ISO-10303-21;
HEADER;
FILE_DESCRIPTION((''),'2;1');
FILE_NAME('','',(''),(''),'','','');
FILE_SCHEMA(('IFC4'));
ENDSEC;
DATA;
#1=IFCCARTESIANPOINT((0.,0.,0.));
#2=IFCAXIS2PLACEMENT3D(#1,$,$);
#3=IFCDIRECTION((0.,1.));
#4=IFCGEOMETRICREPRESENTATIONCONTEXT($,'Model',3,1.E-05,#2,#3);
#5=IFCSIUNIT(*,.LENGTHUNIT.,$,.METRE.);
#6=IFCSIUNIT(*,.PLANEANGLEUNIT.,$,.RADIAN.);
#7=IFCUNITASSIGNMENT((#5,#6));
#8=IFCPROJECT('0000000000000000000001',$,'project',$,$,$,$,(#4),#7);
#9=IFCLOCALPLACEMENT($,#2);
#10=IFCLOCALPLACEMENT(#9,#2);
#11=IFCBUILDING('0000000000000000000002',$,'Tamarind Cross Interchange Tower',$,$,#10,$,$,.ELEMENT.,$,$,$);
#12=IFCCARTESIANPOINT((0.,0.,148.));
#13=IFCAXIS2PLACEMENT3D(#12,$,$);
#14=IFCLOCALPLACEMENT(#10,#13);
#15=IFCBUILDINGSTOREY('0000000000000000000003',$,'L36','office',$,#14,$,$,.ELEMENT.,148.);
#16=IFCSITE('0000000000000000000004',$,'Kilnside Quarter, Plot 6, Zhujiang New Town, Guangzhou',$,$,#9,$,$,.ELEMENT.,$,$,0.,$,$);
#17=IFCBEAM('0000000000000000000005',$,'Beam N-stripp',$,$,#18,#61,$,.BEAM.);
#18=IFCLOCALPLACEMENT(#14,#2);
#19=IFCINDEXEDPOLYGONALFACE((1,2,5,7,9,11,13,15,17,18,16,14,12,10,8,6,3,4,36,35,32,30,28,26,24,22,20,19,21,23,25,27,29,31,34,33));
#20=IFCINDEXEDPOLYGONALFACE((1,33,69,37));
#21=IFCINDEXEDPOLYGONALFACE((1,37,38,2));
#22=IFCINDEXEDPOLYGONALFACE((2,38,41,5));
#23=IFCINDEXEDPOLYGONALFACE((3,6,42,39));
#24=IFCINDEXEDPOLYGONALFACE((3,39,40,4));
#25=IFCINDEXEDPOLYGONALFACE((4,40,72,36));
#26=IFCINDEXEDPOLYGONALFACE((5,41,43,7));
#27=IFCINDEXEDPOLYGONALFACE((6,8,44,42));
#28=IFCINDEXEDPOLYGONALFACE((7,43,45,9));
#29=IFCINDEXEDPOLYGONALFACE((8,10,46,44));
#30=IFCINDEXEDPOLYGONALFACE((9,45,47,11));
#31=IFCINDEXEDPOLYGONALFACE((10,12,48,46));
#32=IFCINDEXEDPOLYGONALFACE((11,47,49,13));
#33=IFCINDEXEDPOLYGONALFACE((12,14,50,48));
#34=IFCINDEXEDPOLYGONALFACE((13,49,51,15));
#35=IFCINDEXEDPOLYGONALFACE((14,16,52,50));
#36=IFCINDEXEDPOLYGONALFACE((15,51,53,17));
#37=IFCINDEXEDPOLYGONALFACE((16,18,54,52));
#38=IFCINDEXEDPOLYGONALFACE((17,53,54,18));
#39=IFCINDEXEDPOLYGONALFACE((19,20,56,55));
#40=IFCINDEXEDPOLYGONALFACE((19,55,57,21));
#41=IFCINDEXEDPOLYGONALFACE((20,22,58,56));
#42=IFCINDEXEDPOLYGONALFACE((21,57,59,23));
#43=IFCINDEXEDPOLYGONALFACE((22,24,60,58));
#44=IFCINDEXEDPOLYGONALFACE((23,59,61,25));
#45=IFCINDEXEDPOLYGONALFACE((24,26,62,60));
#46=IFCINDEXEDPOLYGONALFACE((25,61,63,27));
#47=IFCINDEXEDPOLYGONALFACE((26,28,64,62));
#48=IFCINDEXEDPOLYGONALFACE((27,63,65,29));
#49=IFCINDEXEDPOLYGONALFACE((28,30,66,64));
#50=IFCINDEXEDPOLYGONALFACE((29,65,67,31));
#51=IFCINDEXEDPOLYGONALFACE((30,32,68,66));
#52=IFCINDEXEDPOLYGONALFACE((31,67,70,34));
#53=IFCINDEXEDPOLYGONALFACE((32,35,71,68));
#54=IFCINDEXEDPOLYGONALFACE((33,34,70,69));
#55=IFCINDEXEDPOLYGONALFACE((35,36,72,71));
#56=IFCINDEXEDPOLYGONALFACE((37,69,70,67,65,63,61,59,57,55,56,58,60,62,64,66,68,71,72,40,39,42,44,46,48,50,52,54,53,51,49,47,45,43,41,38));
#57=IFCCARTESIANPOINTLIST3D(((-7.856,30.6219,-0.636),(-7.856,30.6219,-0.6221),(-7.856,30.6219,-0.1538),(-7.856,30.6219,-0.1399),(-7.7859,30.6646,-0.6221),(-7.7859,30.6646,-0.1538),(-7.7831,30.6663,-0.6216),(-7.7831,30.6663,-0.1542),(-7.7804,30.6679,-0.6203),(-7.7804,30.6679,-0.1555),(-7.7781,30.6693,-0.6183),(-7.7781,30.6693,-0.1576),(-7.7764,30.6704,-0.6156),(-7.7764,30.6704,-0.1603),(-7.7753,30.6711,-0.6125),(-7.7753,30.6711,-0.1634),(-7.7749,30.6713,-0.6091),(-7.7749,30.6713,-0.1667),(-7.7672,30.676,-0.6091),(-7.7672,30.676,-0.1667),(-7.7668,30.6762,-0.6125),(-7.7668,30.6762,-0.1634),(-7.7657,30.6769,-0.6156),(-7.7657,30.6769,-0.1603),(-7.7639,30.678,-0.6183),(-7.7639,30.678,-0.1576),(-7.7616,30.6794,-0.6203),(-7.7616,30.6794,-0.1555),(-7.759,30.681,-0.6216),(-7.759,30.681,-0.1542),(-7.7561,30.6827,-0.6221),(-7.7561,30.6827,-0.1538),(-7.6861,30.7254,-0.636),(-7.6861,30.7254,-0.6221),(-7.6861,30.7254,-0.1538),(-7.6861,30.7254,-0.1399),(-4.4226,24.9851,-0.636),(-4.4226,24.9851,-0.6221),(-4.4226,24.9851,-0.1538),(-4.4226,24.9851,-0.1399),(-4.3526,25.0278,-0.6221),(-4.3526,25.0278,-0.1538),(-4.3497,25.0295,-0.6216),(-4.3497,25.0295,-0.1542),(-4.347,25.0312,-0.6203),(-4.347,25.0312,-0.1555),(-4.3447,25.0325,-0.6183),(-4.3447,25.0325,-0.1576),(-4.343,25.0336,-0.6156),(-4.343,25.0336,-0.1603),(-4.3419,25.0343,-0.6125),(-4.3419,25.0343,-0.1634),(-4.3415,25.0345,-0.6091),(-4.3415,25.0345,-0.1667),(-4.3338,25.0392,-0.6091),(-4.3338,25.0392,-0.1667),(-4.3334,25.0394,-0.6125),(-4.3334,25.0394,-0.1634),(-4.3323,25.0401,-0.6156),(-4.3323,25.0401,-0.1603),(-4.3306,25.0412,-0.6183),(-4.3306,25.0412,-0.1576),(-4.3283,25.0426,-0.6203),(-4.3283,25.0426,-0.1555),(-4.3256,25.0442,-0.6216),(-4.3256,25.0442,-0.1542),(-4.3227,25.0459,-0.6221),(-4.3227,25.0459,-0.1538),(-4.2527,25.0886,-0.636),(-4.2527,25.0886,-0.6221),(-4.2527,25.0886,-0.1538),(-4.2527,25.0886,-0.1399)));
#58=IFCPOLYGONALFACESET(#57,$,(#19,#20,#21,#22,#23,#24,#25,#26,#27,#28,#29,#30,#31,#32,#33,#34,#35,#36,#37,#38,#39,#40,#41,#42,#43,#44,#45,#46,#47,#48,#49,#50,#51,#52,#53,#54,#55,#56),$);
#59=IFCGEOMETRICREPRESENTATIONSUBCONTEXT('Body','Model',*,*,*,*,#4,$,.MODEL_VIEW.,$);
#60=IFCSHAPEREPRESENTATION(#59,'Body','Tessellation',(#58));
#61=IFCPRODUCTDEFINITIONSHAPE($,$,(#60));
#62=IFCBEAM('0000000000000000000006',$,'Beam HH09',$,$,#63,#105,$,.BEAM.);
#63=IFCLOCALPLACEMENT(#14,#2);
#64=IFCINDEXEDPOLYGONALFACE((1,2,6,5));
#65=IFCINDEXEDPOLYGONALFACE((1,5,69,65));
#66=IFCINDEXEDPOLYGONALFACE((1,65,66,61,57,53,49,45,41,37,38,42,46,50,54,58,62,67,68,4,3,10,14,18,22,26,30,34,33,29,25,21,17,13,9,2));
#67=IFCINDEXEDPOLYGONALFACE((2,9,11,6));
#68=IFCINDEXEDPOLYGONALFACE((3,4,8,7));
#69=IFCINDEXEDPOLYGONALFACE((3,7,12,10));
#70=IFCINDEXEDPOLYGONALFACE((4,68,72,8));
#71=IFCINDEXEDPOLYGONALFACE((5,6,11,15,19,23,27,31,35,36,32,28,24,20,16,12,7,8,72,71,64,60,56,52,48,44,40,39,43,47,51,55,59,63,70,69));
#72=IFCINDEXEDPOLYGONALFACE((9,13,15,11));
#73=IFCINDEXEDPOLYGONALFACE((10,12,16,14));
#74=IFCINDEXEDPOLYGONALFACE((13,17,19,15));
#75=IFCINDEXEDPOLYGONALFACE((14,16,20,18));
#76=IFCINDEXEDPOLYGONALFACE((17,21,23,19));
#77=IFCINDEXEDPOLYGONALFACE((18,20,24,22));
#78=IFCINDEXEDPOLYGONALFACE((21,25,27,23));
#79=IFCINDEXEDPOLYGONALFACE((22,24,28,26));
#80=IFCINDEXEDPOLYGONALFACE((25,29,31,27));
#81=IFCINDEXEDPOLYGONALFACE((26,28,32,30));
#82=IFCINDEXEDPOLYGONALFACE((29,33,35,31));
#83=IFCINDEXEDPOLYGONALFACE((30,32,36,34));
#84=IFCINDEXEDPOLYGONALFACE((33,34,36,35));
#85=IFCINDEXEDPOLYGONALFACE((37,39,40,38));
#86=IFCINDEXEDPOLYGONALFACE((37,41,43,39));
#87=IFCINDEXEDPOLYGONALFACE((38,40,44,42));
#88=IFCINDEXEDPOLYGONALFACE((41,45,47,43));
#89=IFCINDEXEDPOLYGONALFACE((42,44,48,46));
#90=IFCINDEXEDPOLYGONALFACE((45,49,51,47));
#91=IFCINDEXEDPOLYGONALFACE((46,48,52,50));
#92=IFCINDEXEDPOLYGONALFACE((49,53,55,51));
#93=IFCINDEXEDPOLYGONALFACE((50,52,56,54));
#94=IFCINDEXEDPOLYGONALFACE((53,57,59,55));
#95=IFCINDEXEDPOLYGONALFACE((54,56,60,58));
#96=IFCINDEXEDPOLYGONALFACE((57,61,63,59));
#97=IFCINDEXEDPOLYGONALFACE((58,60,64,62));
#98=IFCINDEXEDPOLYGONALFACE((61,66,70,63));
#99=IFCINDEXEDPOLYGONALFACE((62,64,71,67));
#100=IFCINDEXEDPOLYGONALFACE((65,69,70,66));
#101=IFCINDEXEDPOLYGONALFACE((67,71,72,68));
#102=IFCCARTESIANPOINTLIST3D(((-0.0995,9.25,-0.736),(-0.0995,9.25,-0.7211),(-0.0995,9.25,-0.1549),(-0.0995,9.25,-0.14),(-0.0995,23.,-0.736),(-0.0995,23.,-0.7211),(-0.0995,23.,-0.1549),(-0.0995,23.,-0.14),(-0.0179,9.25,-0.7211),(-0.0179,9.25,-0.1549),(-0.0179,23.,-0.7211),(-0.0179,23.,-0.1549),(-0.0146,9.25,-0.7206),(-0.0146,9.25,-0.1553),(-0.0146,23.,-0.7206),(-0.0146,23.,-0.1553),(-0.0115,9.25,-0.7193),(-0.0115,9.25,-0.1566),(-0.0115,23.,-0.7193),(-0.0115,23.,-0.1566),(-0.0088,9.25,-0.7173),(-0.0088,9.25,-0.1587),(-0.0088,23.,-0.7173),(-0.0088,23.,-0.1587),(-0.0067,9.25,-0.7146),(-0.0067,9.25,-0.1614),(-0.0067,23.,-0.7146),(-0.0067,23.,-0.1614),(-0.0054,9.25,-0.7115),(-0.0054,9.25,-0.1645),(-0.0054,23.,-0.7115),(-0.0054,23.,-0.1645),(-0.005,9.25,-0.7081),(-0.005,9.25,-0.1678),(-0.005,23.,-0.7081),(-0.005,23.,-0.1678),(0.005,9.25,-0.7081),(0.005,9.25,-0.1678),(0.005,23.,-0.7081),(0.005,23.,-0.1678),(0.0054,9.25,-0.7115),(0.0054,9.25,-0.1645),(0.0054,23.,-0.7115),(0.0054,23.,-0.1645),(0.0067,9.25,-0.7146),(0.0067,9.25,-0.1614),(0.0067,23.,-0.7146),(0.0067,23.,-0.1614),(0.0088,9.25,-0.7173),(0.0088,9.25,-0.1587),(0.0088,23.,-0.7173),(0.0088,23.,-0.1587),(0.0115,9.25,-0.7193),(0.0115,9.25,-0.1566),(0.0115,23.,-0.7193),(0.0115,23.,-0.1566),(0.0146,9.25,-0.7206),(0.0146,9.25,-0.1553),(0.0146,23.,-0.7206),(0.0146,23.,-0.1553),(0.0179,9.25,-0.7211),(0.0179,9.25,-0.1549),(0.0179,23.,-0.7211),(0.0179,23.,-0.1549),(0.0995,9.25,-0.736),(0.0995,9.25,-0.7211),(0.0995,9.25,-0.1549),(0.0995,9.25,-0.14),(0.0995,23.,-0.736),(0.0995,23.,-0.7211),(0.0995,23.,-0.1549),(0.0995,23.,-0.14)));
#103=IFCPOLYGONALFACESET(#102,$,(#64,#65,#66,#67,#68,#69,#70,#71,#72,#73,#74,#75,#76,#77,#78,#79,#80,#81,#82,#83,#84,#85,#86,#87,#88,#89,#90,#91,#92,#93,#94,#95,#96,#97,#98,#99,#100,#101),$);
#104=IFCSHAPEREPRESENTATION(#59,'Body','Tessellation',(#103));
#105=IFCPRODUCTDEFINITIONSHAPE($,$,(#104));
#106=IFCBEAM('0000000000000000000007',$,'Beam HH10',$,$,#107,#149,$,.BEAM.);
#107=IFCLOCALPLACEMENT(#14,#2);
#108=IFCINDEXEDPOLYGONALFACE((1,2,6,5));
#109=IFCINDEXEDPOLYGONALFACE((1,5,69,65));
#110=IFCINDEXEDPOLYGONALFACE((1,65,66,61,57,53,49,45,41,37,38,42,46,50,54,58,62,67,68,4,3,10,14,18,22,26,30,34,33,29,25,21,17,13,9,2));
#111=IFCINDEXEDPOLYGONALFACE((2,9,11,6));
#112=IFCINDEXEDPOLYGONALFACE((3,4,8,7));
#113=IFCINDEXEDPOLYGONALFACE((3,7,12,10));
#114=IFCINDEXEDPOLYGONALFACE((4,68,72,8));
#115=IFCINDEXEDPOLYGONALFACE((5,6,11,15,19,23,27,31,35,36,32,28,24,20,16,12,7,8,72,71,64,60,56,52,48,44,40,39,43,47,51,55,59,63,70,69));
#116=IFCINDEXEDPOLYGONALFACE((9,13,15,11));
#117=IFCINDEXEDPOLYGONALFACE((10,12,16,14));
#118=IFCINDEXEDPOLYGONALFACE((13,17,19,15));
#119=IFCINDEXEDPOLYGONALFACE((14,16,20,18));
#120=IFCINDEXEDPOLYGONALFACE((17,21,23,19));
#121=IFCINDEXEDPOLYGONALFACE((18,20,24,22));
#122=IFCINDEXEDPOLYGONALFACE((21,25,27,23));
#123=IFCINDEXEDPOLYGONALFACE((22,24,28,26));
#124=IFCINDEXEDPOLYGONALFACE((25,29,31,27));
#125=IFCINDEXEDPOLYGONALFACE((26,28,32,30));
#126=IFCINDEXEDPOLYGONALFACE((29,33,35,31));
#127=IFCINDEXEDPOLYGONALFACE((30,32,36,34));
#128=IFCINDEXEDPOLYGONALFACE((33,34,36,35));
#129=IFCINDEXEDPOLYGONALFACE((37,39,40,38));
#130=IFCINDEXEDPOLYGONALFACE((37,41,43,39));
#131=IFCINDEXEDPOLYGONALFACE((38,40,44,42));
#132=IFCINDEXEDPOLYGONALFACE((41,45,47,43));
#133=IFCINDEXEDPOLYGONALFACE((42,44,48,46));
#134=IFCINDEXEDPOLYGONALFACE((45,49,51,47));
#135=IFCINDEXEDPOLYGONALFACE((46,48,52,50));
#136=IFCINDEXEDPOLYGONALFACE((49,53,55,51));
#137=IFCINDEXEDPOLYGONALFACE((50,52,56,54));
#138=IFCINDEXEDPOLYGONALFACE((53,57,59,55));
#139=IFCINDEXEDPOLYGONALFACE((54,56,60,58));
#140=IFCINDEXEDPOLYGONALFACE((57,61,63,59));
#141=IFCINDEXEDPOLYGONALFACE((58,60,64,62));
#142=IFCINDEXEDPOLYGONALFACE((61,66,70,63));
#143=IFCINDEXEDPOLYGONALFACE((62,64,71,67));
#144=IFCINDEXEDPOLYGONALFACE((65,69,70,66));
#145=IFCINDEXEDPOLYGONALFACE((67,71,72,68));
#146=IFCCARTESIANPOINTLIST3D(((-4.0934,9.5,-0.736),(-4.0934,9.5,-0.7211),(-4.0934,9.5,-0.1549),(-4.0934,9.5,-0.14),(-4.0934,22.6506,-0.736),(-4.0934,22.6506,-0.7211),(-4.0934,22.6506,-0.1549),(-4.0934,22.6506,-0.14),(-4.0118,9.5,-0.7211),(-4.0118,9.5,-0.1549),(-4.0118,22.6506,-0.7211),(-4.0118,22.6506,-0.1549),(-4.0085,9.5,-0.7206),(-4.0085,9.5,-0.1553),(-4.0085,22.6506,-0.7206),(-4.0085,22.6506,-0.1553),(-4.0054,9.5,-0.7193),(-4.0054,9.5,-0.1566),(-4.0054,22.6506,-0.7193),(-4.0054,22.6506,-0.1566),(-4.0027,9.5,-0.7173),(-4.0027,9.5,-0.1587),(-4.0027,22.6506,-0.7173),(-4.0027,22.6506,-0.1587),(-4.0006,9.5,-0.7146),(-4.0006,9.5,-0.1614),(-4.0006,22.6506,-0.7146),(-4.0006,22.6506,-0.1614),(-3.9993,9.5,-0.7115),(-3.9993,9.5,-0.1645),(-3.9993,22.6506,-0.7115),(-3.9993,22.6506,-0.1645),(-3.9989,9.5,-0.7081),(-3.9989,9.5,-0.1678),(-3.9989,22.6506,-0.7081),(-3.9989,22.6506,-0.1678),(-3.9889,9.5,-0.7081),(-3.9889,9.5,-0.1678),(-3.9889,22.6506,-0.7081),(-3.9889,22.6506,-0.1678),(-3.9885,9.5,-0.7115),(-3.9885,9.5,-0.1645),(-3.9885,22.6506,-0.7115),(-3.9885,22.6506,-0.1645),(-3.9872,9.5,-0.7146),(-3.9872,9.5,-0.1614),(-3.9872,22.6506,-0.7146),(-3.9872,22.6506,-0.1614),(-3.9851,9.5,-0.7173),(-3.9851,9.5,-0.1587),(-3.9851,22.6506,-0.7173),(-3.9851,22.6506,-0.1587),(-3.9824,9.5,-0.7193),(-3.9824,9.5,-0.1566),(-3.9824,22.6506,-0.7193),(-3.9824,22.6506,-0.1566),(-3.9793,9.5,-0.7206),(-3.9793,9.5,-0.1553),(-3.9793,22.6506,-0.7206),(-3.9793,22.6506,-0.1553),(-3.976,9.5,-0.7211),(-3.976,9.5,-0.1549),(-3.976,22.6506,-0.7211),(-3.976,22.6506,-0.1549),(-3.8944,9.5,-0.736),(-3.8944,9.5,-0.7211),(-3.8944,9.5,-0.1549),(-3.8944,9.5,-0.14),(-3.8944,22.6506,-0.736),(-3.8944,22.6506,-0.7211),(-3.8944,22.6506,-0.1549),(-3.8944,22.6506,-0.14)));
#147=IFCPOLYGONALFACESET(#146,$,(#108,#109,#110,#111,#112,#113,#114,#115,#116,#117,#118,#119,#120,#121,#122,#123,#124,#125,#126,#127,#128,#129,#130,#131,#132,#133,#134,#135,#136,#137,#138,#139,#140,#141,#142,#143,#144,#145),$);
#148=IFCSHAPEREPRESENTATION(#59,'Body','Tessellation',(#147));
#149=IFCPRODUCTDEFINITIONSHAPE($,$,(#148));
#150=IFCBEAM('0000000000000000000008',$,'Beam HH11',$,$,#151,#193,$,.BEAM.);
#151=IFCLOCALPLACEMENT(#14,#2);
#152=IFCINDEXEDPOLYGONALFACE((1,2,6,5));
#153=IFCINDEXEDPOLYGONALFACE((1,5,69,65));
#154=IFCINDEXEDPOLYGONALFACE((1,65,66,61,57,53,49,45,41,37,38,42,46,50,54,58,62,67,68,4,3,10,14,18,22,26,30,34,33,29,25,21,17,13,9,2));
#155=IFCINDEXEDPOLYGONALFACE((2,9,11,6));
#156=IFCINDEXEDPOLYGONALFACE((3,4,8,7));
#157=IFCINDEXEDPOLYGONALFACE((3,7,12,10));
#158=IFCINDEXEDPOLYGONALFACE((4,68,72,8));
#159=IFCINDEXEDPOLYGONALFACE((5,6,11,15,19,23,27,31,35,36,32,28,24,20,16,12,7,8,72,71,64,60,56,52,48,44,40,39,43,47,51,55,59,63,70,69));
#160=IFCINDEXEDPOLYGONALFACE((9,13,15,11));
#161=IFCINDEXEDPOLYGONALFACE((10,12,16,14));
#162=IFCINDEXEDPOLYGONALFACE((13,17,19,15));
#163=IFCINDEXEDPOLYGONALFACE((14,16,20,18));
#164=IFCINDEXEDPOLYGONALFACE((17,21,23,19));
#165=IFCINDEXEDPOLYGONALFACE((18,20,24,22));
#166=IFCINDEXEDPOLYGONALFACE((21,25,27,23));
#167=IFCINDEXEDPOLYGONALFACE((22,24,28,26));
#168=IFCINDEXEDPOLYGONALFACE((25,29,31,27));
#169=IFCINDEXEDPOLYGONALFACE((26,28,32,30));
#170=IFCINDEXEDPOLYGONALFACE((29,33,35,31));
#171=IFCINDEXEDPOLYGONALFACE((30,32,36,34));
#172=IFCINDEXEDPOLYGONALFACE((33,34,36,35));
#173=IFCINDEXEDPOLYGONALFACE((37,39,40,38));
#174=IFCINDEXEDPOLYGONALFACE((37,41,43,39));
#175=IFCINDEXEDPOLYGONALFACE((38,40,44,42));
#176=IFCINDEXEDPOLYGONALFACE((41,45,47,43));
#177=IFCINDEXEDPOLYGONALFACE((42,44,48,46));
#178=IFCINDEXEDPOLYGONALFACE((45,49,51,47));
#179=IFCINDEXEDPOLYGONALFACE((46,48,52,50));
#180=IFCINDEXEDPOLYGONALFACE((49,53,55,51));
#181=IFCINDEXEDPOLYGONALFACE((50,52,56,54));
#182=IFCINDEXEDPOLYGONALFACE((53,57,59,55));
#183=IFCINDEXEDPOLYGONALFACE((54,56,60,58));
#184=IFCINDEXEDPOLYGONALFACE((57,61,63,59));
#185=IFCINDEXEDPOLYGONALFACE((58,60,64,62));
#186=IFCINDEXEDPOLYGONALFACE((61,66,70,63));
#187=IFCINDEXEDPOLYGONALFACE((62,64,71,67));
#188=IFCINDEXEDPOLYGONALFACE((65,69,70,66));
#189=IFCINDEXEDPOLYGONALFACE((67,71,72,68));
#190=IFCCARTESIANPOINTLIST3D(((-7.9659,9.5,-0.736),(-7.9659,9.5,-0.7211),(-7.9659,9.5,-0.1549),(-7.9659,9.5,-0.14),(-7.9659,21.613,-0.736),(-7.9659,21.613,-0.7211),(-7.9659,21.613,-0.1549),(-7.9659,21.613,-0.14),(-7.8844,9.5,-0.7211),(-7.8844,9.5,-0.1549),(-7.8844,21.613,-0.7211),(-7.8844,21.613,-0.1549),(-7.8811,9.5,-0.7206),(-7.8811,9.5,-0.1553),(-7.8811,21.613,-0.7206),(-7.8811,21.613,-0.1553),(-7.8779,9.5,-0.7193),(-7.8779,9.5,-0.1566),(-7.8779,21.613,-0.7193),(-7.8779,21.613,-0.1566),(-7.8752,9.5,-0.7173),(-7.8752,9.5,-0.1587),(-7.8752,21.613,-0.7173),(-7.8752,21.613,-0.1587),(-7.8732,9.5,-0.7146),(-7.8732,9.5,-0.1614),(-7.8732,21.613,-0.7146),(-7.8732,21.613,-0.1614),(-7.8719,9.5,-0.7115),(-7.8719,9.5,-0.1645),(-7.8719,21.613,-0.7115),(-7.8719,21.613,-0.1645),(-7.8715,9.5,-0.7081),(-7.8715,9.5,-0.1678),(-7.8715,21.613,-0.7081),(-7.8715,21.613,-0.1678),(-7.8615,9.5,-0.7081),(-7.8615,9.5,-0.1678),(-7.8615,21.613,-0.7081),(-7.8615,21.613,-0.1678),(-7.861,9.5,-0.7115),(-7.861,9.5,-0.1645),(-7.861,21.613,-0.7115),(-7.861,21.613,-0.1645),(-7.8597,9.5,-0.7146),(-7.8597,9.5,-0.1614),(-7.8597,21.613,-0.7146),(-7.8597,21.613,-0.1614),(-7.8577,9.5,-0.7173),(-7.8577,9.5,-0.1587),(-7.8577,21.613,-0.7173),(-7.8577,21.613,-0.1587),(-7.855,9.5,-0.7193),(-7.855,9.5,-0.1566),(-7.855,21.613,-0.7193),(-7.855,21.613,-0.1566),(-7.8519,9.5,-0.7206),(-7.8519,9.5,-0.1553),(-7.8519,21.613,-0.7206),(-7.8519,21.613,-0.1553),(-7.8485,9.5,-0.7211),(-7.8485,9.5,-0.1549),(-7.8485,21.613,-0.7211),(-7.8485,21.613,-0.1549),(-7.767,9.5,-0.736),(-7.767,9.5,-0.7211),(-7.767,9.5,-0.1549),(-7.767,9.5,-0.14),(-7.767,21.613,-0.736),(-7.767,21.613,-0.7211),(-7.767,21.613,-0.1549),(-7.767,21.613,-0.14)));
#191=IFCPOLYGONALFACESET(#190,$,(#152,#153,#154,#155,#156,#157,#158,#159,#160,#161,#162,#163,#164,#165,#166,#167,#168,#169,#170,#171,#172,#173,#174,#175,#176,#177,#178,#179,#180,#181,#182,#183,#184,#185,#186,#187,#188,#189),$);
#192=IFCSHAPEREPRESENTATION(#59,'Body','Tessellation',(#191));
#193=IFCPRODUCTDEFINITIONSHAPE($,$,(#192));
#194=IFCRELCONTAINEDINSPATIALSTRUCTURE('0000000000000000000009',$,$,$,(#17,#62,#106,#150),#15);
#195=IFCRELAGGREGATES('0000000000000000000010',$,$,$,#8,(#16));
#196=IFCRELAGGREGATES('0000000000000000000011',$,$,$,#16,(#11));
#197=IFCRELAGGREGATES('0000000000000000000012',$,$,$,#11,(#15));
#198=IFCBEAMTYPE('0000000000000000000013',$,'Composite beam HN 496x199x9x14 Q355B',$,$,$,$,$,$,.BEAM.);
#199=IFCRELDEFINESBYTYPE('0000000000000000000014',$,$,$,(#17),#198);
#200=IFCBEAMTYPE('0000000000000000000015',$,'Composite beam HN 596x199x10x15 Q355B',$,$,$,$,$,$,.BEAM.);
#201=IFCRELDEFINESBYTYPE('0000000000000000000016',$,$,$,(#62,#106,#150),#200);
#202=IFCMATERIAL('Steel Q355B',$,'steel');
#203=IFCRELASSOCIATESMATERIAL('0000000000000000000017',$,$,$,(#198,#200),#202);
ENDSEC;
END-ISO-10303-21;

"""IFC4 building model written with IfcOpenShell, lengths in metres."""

from ifc_helpers import new_model, si_unit, direction, frame, origin, origin_2d, place, context, subcontext, project, spatial, i_section, extrude, material, material_profile, profile_set, type_object, element, save


model = new_model("IFC4")

# Units and contexts
model_context = context("Model", 3, precision=1e-05, world=origin(), true_north=direction((0.0, 1.0)))
body_context = subcontext(model_context, "Body", "Model", "MODEL_VIEW")
ifc_project = project(units=[si_unit("LENGTHUNIT", "METRE"), si_unit("PLANEANGLEUNIT", "RADIAN")], contexts=[model_context])

# Site, building, storey
site_placement = place(None, origin())
site = spatial("IfcSite", under=ifc_project, at=site_placement, Name="Kilnside Quarter, Plot 6, Zhujiang New Town, Guangzhou", CompositionType="ELEMENT", RefElevation=0.0)
building_placement = place(site_placement, origin())
building = spatial("IfcBuilding", under=site, at=building_placement, Name="Tamarind Cross Interchange Tower", CompositionType="ELEMENT")
storey_placement = place(building_placement, frame((0.0, 0.0, 148.0)))
storey = spatial("IfcBuildingStorey", under=building, at=storey_placement, Name="L36", Description="office", CompositionType="ELEMENT", Elevation=148.0)

# Beams
ifc_material_1 = material(Name="Steel Q355B", Category="steel")
ifc_material_profile_1 = material_profile(ifc_material_1, i_section(OverallWidth=0.199, OverallDepth=0.4961, WebThickness=0.009, FlangeThickness=0.0139, FilletRadius=0.0129, at=origin_2d()), Name="HN 496x199x9x14")
ifc_profile_set_1 = profile_set([ifc_material_profile_1], Name="Steel Q355B")
beam_type_1 = type_object("IfcBeamType", Name="Composite beam HN 496x199x9x14 Q355B", PredefinedType="BEAM", material=ifc_profile_set_1)
beam_1_placement = place(storey_placement, frame((-4.3376, 25.0369, -0.3879), z_axis=(-0.520202, 0.854044, 0.0), x_axis=(-0.854044, -0.520202, 0.0)))
element("IfcBeam", 1, at=beam_1_placement, inside=storey, type_object=beam_type_1, Name="Beam N-stripp", PredefinedType="BEAM", context=body_context, shape_type="SweptSolid", body=[
    extrude(i_section(OverallWidth=0.199, OverallDepth=0.4961, WebThickness=0.009, FlangeThickness=0.0139, FilletRadius=0.0129, at=origin_2d()), origin(), (0.0, 0.0, 1.0), 6.6001),
])
ifc_material_profile_2 = material_profile(ifc_material_1, i_section(OverallWidth=0.199, OverallDepth=0.5959, WebThickness=0.01, FlangeThickness=0.0149, FilletRadius=0.0129, at=origin_2d()), Name="HN 596x199x10x15")
ifc_profile_set_2 = profile_set([ifc_material_profile_2], Name="Steel Q355B")
beam_type_2 = type_object("IfcBeamType", Name="Composite beam HN 596x199x10x15 Q355B", PredefinedType="BEAM", material=ifc_profile_set_2)
beam_2_placement = place(storey_placement, frame((0.0, 23.0, -0.438), z_axis=(0.0, -1.0, 0.0), x_axis=(1.0, 0.0, 0.0)))
element("IfcBeam", 2, at=beam_2_placement, inside=storey, type_object=beam_type_2, Name="Beam HH09", PredefinedType="BEAM", context=body_context, shape_type="SweptSolid", body=[
    extrude(i_section(OverallWidth=0.199, OverallDepth=0.5959, WebThickness=0.01, FlangeThickness=0.0149, FilletRadius=0.0129, at=origin_2d()), origin(), (0.0, 0.0, 1.0), 13.75),
])
beam_3_placement = place(storey_placement, frame((-3.9939, 22.6506, -0.438), z_axis=(0.0, -1.0, 0.0), x_axis=(1.0, 0.0, 0.0)))
element("IfcBeam", 3, at=beam_3_placement, inside=storey, type_object=beam_type_2, Name="Beam HH10", PredefinedType="BEAM", context=body_context, shape_type="SweptSolid", body=[
    extrude(i_section(OverallWidth=0.199, OverallDepth=0.5959, WebThickness=0.01, FlangeThickness=0.0149, FilletRadius=0.0129, at=origin_2d()), origin(), (0.0, 0.0, 1.0), 13.1506),
])
beam_4_placement = place(storey_placement, frame((-7.8665, 21.613, -0.438), z_axis=(0.0, -1.0, 0.0), x_axis=(1.0, 0.0, 0.0)))
element("IfcBeam", 4, at=beam_4_placement, inside=storey, type_object=beam_type_2, Name="Beam HH11", PredefinedType="BEAM", context=body_context, shape_type="SweptSolid", body=[
    extrude(i_section(OverallWidth=0.199, OverallDepth=0.5959, WebThickness=0.01, FlangeThickness=0.0149, FilletRadius=0.0129, at=origin_2d()), origin(), (0.0, 0.0, 1.0), 12.113),
])

save(model, "model.ifc")
